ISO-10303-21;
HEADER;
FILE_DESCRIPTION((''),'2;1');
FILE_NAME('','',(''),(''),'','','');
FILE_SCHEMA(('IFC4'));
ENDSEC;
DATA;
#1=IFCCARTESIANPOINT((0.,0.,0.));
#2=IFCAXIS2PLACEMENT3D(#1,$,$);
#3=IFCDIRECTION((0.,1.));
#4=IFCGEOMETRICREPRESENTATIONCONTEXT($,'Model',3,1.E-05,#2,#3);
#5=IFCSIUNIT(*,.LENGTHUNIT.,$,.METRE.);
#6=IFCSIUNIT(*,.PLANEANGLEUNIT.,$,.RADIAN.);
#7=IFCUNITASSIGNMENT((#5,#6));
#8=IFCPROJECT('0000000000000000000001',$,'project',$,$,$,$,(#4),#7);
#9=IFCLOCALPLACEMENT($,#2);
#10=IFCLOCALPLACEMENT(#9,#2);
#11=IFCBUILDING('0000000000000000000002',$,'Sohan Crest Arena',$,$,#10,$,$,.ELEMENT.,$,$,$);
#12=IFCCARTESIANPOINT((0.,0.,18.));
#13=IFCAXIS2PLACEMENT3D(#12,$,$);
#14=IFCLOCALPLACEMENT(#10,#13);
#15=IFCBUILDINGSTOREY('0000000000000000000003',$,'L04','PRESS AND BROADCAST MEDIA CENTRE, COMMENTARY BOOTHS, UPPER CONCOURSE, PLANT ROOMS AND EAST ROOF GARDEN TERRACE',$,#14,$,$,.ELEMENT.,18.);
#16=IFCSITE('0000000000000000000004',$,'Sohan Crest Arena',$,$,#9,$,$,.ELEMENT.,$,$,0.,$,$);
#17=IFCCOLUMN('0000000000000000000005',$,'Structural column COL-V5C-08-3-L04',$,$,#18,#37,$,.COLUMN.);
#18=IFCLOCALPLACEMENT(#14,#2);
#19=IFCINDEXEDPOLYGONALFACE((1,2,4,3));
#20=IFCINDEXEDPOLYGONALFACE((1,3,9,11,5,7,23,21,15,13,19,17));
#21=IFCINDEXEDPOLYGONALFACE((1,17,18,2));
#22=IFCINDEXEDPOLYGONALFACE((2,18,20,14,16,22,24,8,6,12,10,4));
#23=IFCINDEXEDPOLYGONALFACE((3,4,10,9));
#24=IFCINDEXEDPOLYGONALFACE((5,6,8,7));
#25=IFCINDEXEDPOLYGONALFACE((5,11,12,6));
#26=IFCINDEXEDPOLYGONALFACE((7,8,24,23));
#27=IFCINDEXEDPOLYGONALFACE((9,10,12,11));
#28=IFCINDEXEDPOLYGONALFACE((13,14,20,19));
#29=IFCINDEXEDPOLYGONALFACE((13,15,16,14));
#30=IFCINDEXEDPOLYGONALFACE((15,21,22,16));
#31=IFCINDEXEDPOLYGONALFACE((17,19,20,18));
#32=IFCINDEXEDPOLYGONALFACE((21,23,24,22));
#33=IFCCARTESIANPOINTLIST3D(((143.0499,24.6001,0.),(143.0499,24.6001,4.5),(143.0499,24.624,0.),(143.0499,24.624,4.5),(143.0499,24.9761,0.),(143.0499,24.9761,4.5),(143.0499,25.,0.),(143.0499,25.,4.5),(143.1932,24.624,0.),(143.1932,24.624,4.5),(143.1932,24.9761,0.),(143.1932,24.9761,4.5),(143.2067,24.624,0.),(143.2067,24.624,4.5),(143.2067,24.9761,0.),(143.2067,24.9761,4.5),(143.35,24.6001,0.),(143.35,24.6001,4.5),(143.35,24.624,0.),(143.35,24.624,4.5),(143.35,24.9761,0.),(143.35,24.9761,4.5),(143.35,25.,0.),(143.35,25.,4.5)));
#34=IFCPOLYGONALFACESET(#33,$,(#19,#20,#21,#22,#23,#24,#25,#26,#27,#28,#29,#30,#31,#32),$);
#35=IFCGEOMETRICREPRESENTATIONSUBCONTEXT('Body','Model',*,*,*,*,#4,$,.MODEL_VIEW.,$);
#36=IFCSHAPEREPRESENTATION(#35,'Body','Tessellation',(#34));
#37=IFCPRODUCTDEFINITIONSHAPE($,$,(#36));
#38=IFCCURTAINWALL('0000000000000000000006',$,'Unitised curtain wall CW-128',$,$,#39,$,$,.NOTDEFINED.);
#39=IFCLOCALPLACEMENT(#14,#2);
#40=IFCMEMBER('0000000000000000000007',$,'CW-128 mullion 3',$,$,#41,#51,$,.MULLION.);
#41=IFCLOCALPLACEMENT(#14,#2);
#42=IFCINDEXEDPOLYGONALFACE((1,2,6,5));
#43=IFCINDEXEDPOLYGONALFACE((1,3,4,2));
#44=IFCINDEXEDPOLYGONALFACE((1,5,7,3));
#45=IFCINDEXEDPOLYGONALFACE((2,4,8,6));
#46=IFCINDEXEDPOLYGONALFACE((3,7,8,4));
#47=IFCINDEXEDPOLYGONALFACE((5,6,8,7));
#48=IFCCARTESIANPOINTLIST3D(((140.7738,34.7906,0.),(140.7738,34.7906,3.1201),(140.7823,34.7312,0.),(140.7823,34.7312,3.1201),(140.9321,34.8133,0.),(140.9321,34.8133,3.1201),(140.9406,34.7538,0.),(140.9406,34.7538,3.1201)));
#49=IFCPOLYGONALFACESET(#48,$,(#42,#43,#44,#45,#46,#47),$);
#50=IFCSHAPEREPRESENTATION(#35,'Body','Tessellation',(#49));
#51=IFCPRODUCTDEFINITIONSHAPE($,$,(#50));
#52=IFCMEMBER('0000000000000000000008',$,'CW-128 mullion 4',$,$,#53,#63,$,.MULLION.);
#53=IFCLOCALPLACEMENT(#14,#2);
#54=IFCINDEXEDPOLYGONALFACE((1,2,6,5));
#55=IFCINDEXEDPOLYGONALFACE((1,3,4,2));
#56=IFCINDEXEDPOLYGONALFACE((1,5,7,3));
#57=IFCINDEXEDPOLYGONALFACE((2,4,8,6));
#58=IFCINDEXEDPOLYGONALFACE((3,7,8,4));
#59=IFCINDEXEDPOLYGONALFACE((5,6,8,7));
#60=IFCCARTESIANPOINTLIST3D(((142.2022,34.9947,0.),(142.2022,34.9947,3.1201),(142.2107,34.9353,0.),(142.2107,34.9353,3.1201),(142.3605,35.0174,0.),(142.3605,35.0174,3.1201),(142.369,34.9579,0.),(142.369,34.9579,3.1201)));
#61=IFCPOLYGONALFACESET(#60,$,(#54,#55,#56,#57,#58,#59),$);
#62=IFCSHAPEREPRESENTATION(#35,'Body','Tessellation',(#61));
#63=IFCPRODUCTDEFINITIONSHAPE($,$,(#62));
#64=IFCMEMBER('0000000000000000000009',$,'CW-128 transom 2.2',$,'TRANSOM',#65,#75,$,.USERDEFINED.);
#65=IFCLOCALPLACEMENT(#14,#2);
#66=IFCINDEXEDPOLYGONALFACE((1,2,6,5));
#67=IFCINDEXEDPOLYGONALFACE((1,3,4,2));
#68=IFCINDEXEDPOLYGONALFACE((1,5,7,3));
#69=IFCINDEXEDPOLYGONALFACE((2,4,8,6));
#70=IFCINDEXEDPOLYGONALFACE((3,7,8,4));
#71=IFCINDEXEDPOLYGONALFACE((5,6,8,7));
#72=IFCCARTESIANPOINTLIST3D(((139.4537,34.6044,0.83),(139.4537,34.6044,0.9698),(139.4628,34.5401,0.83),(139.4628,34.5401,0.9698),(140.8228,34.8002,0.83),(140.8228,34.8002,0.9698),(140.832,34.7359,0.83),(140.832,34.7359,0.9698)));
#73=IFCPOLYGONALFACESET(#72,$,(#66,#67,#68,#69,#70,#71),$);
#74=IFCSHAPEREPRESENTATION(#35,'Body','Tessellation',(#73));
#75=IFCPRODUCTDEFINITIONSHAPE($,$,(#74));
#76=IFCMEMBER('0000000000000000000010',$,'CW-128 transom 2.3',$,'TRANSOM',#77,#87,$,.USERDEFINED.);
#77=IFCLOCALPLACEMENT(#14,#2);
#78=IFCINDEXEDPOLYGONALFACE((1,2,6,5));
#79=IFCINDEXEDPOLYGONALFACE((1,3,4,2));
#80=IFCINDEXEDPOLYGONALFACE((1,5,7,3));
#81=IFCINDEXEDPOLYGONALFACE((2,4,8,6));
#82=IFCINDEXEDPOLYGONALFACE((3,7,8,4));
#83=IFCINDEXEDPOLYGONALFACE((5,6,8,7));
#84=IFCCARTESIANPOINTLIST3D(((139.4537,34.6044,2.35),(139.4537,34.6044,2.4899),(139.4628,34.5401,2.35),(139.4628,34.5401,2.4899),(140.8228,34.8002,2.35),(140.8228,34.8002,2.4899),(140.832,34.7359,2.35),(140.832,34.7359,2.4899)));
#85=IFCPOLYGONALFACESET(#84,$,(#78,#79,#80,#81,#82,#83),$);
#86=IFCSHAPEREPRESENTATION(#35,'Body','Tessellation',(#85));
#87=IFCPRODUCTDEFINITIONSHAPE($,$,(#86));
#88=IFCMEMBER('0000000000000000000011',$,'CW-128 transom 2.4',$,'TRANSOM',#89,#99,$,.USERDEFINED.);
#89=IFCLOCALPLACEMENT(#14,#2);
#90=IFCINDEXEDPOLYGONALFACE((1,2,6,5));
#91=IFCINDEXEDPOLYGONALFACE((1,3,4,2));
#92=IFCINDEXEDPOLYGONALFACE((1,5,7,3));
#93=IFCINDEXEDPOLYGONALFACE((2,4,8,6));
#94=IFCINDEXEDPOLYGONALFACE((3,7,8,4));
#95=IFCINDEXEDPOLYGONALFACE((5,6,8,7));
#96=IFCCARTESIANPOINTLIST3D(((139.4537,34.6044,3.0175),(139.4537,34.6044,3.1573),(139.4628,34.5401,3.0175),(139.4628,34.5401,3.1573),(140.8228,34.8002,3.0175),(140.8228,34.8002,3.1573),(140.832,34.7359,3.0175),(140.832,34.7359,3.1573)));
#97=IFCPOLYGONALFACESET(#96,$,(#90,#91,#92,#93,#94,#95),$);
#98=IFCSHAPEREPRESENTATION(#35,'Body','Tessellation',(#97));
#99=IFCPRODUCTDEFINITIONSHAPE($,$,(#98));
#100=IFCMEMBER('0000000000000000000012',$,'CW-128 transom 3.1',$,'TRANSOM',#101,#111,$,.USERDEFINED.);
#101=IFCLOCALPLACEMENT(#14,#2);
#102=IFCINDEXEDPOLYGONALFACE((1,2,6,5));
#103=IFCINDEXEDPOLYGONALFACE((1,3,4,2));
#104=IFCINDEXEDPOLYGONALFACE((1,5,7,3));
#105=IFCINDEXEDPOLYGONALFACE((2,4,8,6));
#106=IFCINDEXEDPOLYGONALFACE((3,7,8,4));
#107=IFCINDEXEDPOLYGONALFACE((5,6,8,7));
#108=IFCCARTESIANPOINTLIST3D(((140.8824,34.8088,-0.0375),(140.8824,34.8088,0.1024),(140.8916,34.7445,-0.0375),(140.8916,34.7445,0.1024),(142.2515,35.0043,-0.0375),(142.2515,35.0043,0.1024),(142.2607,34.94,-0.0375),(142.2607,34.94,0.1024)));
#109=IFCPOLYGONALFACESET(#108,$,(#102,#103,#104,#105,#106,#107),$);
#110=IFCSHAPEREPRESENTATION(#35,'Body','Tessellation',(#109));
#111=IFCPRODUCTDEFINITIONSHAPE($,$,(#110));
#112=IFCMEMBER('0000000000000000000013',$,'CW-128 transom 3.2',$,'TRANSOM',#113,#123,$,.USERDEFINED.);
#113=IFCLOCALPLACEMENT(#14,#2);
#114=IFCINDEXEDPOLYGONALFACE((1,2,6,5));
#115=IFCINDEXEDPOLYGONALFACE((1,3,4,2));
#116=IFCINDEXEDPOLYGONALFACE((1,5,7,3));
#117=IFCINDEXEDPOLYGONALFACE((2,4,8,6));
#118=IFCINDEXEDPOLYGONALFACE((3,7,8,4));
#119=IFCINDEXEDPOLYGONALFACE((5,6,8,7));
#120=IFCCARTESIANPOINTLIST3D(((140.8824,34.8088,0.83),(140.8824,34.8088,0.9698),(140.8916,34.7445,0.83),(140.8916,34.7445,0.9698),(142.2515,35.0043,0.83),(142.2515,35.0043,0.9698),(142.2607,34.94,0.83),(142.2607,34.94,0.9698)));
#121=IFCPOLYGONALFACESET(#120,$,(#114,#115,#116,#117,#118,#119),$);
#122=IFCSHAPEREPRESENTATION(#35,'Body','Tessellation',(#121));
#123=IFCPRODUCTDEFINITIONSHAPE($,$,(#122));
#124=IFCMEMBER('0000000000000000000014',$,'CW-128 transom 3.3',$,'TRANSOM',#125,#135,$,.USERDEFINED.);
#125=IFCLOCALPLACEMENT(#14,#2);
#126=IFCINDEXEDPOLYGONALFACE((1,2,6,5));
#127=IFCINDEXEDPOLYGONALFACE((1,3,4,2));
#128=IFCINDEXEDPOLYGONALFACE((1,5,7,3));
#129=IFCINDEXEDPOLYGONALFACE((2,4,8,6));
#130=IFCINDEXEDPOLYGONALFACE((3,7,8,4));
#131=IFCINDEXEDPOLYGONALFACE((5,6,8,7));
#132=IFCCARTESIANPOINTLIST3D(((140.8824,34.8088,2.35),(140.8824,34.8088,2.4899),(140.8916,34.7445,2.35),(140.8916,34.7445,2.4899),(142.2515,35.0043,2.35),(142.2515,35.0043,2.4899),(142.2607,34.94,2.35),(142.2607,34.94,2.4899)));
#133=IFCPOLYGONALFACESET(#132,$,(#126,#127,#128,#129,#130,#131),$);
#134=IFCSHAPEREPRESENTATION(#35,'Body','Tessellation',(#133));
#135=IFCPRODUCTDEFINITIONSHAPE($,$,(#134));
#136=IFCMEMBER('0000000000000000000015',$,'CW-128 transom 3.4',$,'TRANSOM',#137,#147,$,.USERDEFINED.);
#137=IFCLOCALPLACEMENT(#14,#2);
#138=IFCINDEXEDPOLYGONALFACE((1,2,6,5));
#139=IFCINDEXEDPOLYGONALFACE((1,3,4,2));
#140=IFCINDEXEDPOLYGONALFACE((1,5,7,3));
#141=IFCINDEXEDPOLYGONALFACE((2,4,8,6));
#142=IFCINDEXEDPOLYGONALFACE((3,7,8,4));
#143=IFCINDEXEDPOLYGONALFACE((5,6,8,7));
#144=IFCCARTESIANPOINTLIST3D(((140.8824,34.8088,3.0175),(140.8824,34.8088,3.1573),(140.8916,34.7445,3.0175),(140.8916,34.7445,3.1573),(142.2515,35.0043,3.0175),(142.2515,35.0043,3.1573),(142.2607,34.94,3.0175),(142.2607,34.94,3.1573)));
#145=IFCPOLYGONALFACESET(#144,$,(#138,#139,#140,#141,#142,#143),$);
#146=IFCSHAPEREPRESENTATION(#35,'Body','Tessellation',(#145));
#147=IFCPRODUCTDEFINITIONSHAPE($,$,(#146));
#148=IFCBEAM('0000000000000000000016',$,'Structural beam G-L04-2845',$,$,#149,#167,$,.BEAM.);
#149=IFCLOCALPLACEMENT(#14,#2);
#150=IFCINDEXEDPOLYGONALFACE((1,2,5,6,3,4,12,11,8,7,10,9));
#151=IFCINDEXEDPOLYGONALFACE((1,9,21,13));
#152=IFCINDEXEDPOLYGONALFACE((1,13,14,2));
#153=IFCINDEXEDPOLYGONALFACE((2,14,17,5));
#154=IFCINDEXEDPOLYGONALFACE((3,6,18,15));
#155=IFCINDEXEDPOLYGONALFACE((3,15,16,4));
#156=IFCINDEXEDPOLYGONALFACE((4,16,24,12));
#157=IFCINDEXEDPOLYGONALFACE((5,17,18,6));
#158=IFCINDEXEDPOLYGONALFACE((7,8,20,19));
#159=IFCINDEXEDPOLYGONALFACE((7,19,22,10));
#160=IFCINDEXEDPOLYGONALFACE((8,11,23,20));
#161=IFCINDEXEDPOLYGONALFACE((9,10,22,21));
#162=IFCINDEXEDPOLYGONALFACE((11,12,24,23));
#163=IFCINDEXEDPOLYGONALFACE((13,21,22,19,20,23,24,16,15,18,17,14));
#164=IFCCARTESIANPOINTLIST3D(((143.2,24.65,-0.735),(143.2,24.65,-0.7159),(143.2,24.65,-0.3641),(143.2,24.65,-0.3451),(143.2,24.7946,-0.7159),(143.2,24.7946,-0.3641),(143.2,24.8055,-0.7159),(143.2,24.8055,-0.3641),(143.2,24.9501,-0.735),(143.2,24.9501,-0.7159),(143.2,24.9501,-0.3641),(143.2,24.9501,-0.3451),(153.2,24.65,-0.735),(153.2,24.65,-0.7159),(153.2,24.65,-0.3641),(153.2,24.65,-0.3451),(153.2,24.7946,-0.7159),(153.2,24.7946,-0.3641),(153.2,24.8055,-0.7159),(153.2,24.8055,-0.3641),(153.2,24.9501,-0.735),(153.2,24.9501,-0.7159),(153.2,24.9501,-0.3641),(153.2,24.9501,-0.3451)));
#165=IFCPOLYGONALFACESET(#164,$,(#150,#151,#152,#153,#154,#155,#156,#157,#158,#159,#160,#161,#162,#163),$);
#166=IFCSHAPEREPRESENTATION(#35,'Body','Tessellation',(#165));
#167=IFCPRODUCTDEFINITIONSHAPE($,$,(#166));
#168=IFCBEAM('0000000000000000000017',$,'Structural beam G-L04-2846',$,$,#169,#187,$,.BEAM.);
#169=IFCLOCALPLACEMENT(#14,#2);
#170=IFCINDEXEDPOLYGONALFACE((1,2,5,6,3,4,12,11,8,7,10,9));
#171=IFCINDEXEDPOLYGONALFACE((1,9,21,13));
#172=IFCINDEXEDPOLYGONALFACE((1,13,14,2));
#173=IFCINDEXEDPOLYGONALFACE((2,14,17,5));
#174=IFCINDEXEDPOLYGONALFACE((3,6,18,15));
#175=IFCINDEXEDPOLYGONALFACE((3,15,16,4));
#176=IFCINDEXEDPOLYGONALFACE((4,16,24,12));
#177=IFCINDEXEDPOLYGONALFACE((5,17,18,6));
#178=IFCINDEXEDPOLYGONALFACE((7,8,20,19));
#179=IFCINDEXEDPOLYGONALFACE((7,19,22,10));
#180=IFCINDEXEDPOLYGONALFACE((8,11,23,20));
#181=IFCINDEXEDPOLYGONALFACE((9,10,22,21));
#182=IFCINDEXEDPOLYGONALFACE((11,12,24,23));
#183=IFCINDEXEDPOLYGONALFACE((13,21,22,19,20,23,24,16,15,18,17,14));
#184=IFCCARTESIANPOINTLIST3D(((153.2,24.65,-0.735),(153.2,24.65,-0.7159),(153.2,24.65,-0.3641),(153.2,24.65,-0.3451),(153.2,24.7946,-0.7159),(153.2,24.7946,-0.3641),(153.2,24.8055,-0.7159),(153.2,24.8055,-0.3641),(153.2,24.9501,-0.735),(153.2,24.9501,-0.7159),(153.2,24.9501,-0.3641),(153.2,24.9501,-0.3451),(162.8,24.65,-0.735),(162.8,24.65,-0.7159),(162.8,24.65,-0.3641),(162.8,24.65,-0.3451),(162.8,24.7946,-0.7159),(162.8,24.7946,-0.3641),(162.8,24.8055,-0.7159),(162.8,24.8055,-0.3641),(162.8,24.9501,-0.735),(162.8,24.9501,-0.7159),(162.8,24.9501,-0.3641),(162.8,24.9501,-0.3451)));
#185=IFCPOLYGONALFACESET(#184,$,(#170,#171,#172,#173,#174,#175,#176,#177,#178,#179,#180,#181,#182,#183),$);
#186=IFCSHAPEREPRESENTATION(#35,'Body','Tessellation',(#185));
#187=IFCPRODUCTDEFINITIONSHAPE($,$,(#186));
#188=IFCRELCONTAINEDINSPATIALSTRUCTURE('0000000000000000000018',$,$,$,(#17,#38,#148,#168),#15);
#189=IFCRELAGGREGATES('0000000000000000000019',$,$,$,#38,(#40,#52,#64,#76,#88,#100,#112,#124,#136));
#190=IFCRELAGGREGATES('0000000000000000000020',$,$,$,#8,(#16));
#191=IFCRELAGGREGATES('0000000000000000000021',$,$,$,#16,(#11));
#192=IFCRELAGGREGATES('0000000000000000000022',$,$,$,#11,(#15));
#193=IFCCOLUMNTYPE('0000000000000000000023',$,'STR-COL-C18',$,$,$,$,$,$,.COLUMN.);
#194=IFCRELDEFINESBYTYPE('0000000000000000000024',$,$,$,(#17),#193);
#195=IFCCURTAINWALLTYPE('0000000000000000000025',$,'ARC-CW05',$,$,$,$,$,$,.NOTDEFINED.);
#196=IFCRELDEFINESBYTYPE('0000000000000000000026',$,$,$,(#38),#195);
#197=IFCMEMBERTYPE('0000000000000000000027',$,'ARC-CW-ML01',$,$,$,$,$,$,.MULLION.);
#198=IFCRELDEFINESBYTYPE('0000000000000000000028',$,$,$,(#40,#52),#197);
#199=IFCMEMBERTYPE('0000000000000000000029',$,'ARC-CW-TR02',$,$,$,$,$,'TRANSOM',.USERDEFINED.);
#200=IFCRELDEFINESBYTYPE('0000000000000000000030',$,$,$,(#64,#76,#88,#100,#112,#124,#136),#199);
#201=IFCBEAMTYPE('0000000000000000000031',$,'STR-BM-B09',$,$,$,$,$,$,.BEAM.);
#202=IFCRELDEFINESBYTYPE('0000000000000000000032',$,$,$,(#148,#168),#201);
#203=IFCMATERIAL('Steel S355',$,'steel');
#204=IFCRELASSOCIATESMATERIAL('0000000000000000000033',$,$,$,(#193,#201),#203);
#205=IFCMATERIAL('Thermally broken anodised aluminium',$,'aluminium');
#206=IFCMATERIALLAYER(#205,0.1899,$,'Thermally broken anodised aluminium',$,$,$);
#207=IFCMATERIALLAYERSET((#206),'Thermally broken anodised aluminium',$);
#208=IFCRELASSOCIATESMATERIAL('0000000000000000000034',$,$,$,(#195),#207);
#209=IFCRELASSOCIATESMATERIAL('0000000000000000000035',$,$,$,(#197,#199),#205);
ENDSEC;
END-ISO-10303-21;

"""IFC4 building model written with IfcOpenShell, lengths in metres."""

from ifc_helpers import new_model, si_unit, direction, frame, origin, origin_2d, place, context, subcontext, project, spatial, rectangle, i_section, extrude, material, layer, layer_set, material_profile, profile_set, type_object, element, aggregate, save


model = new_model("IFC4")

# Units and contexts
model_context = context("Model", 3, precision=1e-05, world=origin(), true_north=direction((0.0, 1.0)))
body_context = subcontext(model_context, "Body", "Model", "MODEL_VIEW")
ifc_project = project(units=[si_unit("LENGTHUNIT", "METRE"), si_unit("PLANEANGLEUNIT", "RADIAN")], contexts=[model_context])

# Site, building, storey
site_placement = place(None, origin())
site = spatial("IfcSite", under=ifc_project, at=site_placement, Name="Sohan Crest Arena", CompositionType="ELEMENT", RefElevation=0.0)
building_placement = place(site_placement, origin())
building = spatial("IfcBuilding", under=site, at=building_placement, Name="Sohan Crest Arena", CompositionType="ELEMENT")
storey_placement = place(building_placement, frame((0.0, 0.0, 18.0)))
storey = spatial("IfcBuildingStorey", under=building, at=storey_placement, Name="L04", Description="PRESS AND BROADCAST MEDIA CENTRE, COMMENTARY BOOTHS, UPPER CONCOURSE, PLANT ROOMS AND EAST ROOF GARDEN TERRACE", CompositionType="ELEMENT", Elevation=18.0)

# Column
ifc_material_1 = material(Name="Steel S355", Category="steel")
ifc_material_profile_1 = material_profile(ifc_material_1, i_section(OverallWidth=0.3, OverallDepth=0.3999, WebThickness=0.0134, FlangeThickness=0.0239, at=origin_2d()), Name="HEB 400")
ifc_profile_set_1 = profile_set([ifc_material_profile_1], Name="Steel S355")
column_type = type_object("IfcColumnType", Name="STR-COL-C18", PredefinedType="COLUMN", material=ifc_profile_set_1)
column_placement = place(storey_placement, frame((143.2, 24.8, 0.0), z_axis=(0.0, 0.0, 1.0), x_axis=(1.0, 0.0, 0.0)))
element("IfcColumn", 1, at=column_placement, inside=storey, type_object=column_type, Name="Structural column COL-V5C-08-3-L04", PredefinedType="COLUMN", context=body_context, shape_type="SweptSolid", body=[
    extrude(i_section(OverallWidth=0.3, OverallDepth=0.3999, WebThickness=0.0134, FlangeThickness=0.0239, at=origin_2d()), origin(), (0.0, 0.0, 1.0), 4.5),
])

# Curtain wall, members
ifc_material_2 = material(Name="Thermally broken anodised aluminium", Category="aluminium")
ifc_layer_1 = layer(ifc_material_2, 0.1899, Name="Thermally broken anodised aluminium")
ifc_layer_set_1 = layer_set([ifc_layer_1], Name="Thermally broken anodised aluminium")
curtain_wall_type = type_object("IfcCurtainWallType", Name="ARC-CW05", PredefinedType="NOTDEFINED", material=ifc_layer_set_1)
curtain_wall_placement = place(storey_placement, origin())
curtain_wall = element("IfcCurtainWall", 2, at=curtain_wall_placement, inside=storey, type_object=curtain_wall_type, Name="Unitised curtain wall CW-128", PredefinedType="NOTDEFINED")
ifc_material_profile_2 = material_profile(ifc_material_2, rectangle(XDim=0.0601, YDim=0.1599, at=origin_2d()), Name="ALU-MULL 60x160")
ifc_profile_set_2 = profile_set([ifc_material_profile_2], Name="Thermally broken anodised aluminium")
member_type_1 = type_object("IfcMemberType", Name="ARC-CW-ML01", PredefinedType="MULLION", material=ifc_profile_set_2)
member_1_placement = place(storey_placement, frame((140.8572, 34.7722, 0.0), z_axis=(0.0, 0.0, 1.0), x_axis=(-0.141463, 0.989944, 0.0)))
member_1 = element("IfcMember", 3, at=member_1_placement, type_object=member_type_1, Name="CW-128 mullion 3", PredefinedType="MULLION", context=body_context, shape_type="SweptSolid", body=[
    extrude(rectangle(XDim=0.0601, YDim=0.1599, at=origin_2d()), origin(), (0.0, 0.0, 1.0), 3.1201),
])
member_2_placement = place(storey_placement, frame((142.2856, 34.9763, 0.0), z_axis=(0.0, 0.0, 1.0), x_axis=(-0.141463, 0.989944, 0.0)))
member_2 = element("IfcMember", 4, at=member_2_placement, type_object=member_type_1, Name="CW-128 mullion 4", PredefinedType="MULLION", context=body_context, shape_type="SweptSolid", body=[
    extrude(rectangle(XDim=0.0601, YDim=0.1599, at=origin_2d()), origin(), (0.0, 0.0, 1.0), 3.1201),
])
ifc_material_profile_3 = material_profile(ifc_material_2, rectangle(XDim=0.0649, YDim=0.1399, at=origin_2d()), Name="ALU-TRAN 65x140")
ifc_profile_set_3 = profile_set([ifc_material_profile_3], Name="Thermally broken anodised aluminium")
member_type_2 = type_object("IfcMemberType", Name="ARC-CW-TR02", ElementType="TRANSOM", PredefinedType="USERDEFINED", material=ifc_profile_set_3)
member_3_placement = place(storey_placement, frame((139.4583, 34.5723, 0.8999), z_axis=(0.989928, 0.14157, 0.0), x_axis=(-0.14157, 0.989928, 0.0)))
member_3 = element("IfcMember", 5, at=member_3_placement, type_object=member_type_2, Name="CW-128 transom 2.2", ObjectType="TRANSOM", PredefinedType="USERDEFINED", context=body_context, shape_type="SweptSolid", body=[
    extrude(rectangle(XDim=0.0649, YDim=0.1399, at=origin_2d()), origin(), (0.0, 0.0, 1.0), 1.3831),
])
member_4_placement = place(storey_placement, frame((139.4583, 34.5723, 2.4199), z_axis=(0.989928, 0.14157, 0.0), x_axis=(-0.14157, 0.989928, 0.0)))
member_4 = element("IfcMember", 6, at=member_4_placement, type_object=member_type_2, Name="CW-128 transom 2.3", ObjectType="TRANSOM", PredefinedType="USERDEFINED", context=body_context, shape_type="SweptSolid", body=[
    extrude(rectangle(XDim=0.0649, YDim=0.1399, at=origin_2d()), origin(), (0.0, 0.0, 1.0), 1.3831),
])
member_5_placement = place(storey_placement, frame((139.4583, 34.5723, 3.0874), z_axis=(0.989928, 0.14157, 0.0), x_axis=(-0.14157, 0.989928, 0.0)))
member_5 = element("IfcMember", 7, at=member_5_placement, type_object=member_type_2, Name="CW-128 transom 2.4", ObjectType="TRANSOM", PredefinedType="USERDEFINED", context=body_context, shape_type="SweptSolid", body=[
    extrude(rectangle(XDim=0.0649, YDim=0.1399, at=origin_2d()), origin(), (0.0, 0.0, 1.0), 1.3831),
])
member_6_placement = place(storey_placement, frame((140.887, 34.7766, 0.0325), z_axis=(0.989953, 0.141397, 0.0), x_axis=(-0.141397, 0.989953, 0.0)))
member_6 = element("IfcMember", 8, at=member_6_placement, type_object=member_type_2, Name="CW-128 transom 3.1", ObjectType="TRANSOM", PredefinedType="USERDEFINED", context=body_context, shape_type="SweptSolid", body=[
    extrude(rectangle(XDim=0.0649, YDim=0.1399, at=origin_2d()), origin(), (0.0, 0.0, 1.0), 1.3831),
])
member_7_placement = place(storey_placement, frame((140.887, 34.7766, 0.8999), z_axis=(0.989953, 0.141397, 0.0), x_axis=(-0.141397, 0.989953, 0.0)))
member_7 = element("IfcMember", 9, at=member_7_placement, type_object=member_type_2, Name="CW-128 transom 3.2", ObjectType="TRANSOM", PredefinedType="USERDEFINED", context=body_context, shape_type="SweptSolid", body=[
    extrude(rectangle(XDim=0.0649, YDim=0.1399, at=origin_2d()), origin(), (0.0, 0.0, 1.0), 1.3831),
])
member_8_placement = place(storey_placement, frame((140.887, 34.7766, 2.4199), z_axis=(0.989953, 0.141397, 0.0), x_axis=(-0.141397, 0.989953, 0.0)))
member_8 = element("IfcMember", 10, at=member_8_placement, type_object=member_type_2, Name="CW-128 transom 3.3", ObjectType="TRANSOM", PredefinedType="USERDEFINED", context=body_context, shape_type="SweptSolid", body=[
    extrude(rectangle(XDim=0.0649, YDim=0.1399, at=origin_2d()), origin(), (0.0, 0.0, 1.0), 1.3831),
])
member_9_placement = place(storey_placement, frame((140.887, 34.7766, 3.0874), z_axis=(0.989953, 0.141397, 0.0), x_axis=(-0.141397, 0.989953, 0.0)))
member_9 = element("IfcMember", 11, at=member_9_placement, type_object=member_type_2, Name="CW-128 transom 3.4", ObjectType="TRANSOM", PredefinedType="USERDEFINED", context=body_context, shape_type="SweptSolid", body=[
    extrude(rectangle(XDim=0.0649, YDim=0.1399, at=origin_2d()), origin(), (0.0, 0.0, 1.0), 1.3831),
])

# Beams
ifc_material_profile_4 = material_profile(ifc_material_1, i_section(OverallWidth=0.3, OverallDepth=0.3899, WebThickness=0.011, FlangeThickness=0.019, at=origin_2d()), Name="HEA 400")
ifc_profile_set_4 = profile_set([ifc_material_profile_4], Name="Steel S355")
beam_type = type_object("IfcBeamType", Name="STR-BM-B09", PredefinedType="BEAM", material=ifc_profile_set_4)
beam_1_placement = place(storey_placement, frame((143.2, 24.8, -0.54), z_axis=(1.0, 0.0, 0.0), x_axis=(0.0, 1.0, 0.0)))
element("IfcBeam", 12, at=beam_1_placement, inside=storey, type_object=beam_type, Name="Structural beam G-L04-2845", PredefinedType="BEAM", context=body_context, shape_type="SweptSolid", body=[
    extrude(i_section(OverallWidth=0.3, OverallDepth=0.3899, WebThickness=0.011, FlangeThickness=0.019, at=origin_2d()), origin(), (0.0, 0.0, 1.0), 10.0),
])
beam_2_placement = place(storey_placement, frame((153.2, 24.8, -0.54), z_axis=(1.0, 0.0, 0.0), x_axis=(0.0, 1.0, 0.0)))
element("IfcBeam", 13, at=beam_2_placement, inside=storey, type_object=beam_type, Name="Structural beam G-L04-2846", PredefinedType="BEAM", context=body_context, shape_type="SweptSolid", body=[
    extrude(i_section(OverallWidth=0.3, OverallDepth=0.3899, WebThickness=0.011, FlangeThickness=0.019, at=origin_2d()), origin(), (0.0, 0.0, 1.0), 9.6001),
])

aggregate(curtain_wall, [member_1, member_2, member_3, member_4, member_5, member_6, member_7, member_8, member_9])

save(model, "model.ifc")
